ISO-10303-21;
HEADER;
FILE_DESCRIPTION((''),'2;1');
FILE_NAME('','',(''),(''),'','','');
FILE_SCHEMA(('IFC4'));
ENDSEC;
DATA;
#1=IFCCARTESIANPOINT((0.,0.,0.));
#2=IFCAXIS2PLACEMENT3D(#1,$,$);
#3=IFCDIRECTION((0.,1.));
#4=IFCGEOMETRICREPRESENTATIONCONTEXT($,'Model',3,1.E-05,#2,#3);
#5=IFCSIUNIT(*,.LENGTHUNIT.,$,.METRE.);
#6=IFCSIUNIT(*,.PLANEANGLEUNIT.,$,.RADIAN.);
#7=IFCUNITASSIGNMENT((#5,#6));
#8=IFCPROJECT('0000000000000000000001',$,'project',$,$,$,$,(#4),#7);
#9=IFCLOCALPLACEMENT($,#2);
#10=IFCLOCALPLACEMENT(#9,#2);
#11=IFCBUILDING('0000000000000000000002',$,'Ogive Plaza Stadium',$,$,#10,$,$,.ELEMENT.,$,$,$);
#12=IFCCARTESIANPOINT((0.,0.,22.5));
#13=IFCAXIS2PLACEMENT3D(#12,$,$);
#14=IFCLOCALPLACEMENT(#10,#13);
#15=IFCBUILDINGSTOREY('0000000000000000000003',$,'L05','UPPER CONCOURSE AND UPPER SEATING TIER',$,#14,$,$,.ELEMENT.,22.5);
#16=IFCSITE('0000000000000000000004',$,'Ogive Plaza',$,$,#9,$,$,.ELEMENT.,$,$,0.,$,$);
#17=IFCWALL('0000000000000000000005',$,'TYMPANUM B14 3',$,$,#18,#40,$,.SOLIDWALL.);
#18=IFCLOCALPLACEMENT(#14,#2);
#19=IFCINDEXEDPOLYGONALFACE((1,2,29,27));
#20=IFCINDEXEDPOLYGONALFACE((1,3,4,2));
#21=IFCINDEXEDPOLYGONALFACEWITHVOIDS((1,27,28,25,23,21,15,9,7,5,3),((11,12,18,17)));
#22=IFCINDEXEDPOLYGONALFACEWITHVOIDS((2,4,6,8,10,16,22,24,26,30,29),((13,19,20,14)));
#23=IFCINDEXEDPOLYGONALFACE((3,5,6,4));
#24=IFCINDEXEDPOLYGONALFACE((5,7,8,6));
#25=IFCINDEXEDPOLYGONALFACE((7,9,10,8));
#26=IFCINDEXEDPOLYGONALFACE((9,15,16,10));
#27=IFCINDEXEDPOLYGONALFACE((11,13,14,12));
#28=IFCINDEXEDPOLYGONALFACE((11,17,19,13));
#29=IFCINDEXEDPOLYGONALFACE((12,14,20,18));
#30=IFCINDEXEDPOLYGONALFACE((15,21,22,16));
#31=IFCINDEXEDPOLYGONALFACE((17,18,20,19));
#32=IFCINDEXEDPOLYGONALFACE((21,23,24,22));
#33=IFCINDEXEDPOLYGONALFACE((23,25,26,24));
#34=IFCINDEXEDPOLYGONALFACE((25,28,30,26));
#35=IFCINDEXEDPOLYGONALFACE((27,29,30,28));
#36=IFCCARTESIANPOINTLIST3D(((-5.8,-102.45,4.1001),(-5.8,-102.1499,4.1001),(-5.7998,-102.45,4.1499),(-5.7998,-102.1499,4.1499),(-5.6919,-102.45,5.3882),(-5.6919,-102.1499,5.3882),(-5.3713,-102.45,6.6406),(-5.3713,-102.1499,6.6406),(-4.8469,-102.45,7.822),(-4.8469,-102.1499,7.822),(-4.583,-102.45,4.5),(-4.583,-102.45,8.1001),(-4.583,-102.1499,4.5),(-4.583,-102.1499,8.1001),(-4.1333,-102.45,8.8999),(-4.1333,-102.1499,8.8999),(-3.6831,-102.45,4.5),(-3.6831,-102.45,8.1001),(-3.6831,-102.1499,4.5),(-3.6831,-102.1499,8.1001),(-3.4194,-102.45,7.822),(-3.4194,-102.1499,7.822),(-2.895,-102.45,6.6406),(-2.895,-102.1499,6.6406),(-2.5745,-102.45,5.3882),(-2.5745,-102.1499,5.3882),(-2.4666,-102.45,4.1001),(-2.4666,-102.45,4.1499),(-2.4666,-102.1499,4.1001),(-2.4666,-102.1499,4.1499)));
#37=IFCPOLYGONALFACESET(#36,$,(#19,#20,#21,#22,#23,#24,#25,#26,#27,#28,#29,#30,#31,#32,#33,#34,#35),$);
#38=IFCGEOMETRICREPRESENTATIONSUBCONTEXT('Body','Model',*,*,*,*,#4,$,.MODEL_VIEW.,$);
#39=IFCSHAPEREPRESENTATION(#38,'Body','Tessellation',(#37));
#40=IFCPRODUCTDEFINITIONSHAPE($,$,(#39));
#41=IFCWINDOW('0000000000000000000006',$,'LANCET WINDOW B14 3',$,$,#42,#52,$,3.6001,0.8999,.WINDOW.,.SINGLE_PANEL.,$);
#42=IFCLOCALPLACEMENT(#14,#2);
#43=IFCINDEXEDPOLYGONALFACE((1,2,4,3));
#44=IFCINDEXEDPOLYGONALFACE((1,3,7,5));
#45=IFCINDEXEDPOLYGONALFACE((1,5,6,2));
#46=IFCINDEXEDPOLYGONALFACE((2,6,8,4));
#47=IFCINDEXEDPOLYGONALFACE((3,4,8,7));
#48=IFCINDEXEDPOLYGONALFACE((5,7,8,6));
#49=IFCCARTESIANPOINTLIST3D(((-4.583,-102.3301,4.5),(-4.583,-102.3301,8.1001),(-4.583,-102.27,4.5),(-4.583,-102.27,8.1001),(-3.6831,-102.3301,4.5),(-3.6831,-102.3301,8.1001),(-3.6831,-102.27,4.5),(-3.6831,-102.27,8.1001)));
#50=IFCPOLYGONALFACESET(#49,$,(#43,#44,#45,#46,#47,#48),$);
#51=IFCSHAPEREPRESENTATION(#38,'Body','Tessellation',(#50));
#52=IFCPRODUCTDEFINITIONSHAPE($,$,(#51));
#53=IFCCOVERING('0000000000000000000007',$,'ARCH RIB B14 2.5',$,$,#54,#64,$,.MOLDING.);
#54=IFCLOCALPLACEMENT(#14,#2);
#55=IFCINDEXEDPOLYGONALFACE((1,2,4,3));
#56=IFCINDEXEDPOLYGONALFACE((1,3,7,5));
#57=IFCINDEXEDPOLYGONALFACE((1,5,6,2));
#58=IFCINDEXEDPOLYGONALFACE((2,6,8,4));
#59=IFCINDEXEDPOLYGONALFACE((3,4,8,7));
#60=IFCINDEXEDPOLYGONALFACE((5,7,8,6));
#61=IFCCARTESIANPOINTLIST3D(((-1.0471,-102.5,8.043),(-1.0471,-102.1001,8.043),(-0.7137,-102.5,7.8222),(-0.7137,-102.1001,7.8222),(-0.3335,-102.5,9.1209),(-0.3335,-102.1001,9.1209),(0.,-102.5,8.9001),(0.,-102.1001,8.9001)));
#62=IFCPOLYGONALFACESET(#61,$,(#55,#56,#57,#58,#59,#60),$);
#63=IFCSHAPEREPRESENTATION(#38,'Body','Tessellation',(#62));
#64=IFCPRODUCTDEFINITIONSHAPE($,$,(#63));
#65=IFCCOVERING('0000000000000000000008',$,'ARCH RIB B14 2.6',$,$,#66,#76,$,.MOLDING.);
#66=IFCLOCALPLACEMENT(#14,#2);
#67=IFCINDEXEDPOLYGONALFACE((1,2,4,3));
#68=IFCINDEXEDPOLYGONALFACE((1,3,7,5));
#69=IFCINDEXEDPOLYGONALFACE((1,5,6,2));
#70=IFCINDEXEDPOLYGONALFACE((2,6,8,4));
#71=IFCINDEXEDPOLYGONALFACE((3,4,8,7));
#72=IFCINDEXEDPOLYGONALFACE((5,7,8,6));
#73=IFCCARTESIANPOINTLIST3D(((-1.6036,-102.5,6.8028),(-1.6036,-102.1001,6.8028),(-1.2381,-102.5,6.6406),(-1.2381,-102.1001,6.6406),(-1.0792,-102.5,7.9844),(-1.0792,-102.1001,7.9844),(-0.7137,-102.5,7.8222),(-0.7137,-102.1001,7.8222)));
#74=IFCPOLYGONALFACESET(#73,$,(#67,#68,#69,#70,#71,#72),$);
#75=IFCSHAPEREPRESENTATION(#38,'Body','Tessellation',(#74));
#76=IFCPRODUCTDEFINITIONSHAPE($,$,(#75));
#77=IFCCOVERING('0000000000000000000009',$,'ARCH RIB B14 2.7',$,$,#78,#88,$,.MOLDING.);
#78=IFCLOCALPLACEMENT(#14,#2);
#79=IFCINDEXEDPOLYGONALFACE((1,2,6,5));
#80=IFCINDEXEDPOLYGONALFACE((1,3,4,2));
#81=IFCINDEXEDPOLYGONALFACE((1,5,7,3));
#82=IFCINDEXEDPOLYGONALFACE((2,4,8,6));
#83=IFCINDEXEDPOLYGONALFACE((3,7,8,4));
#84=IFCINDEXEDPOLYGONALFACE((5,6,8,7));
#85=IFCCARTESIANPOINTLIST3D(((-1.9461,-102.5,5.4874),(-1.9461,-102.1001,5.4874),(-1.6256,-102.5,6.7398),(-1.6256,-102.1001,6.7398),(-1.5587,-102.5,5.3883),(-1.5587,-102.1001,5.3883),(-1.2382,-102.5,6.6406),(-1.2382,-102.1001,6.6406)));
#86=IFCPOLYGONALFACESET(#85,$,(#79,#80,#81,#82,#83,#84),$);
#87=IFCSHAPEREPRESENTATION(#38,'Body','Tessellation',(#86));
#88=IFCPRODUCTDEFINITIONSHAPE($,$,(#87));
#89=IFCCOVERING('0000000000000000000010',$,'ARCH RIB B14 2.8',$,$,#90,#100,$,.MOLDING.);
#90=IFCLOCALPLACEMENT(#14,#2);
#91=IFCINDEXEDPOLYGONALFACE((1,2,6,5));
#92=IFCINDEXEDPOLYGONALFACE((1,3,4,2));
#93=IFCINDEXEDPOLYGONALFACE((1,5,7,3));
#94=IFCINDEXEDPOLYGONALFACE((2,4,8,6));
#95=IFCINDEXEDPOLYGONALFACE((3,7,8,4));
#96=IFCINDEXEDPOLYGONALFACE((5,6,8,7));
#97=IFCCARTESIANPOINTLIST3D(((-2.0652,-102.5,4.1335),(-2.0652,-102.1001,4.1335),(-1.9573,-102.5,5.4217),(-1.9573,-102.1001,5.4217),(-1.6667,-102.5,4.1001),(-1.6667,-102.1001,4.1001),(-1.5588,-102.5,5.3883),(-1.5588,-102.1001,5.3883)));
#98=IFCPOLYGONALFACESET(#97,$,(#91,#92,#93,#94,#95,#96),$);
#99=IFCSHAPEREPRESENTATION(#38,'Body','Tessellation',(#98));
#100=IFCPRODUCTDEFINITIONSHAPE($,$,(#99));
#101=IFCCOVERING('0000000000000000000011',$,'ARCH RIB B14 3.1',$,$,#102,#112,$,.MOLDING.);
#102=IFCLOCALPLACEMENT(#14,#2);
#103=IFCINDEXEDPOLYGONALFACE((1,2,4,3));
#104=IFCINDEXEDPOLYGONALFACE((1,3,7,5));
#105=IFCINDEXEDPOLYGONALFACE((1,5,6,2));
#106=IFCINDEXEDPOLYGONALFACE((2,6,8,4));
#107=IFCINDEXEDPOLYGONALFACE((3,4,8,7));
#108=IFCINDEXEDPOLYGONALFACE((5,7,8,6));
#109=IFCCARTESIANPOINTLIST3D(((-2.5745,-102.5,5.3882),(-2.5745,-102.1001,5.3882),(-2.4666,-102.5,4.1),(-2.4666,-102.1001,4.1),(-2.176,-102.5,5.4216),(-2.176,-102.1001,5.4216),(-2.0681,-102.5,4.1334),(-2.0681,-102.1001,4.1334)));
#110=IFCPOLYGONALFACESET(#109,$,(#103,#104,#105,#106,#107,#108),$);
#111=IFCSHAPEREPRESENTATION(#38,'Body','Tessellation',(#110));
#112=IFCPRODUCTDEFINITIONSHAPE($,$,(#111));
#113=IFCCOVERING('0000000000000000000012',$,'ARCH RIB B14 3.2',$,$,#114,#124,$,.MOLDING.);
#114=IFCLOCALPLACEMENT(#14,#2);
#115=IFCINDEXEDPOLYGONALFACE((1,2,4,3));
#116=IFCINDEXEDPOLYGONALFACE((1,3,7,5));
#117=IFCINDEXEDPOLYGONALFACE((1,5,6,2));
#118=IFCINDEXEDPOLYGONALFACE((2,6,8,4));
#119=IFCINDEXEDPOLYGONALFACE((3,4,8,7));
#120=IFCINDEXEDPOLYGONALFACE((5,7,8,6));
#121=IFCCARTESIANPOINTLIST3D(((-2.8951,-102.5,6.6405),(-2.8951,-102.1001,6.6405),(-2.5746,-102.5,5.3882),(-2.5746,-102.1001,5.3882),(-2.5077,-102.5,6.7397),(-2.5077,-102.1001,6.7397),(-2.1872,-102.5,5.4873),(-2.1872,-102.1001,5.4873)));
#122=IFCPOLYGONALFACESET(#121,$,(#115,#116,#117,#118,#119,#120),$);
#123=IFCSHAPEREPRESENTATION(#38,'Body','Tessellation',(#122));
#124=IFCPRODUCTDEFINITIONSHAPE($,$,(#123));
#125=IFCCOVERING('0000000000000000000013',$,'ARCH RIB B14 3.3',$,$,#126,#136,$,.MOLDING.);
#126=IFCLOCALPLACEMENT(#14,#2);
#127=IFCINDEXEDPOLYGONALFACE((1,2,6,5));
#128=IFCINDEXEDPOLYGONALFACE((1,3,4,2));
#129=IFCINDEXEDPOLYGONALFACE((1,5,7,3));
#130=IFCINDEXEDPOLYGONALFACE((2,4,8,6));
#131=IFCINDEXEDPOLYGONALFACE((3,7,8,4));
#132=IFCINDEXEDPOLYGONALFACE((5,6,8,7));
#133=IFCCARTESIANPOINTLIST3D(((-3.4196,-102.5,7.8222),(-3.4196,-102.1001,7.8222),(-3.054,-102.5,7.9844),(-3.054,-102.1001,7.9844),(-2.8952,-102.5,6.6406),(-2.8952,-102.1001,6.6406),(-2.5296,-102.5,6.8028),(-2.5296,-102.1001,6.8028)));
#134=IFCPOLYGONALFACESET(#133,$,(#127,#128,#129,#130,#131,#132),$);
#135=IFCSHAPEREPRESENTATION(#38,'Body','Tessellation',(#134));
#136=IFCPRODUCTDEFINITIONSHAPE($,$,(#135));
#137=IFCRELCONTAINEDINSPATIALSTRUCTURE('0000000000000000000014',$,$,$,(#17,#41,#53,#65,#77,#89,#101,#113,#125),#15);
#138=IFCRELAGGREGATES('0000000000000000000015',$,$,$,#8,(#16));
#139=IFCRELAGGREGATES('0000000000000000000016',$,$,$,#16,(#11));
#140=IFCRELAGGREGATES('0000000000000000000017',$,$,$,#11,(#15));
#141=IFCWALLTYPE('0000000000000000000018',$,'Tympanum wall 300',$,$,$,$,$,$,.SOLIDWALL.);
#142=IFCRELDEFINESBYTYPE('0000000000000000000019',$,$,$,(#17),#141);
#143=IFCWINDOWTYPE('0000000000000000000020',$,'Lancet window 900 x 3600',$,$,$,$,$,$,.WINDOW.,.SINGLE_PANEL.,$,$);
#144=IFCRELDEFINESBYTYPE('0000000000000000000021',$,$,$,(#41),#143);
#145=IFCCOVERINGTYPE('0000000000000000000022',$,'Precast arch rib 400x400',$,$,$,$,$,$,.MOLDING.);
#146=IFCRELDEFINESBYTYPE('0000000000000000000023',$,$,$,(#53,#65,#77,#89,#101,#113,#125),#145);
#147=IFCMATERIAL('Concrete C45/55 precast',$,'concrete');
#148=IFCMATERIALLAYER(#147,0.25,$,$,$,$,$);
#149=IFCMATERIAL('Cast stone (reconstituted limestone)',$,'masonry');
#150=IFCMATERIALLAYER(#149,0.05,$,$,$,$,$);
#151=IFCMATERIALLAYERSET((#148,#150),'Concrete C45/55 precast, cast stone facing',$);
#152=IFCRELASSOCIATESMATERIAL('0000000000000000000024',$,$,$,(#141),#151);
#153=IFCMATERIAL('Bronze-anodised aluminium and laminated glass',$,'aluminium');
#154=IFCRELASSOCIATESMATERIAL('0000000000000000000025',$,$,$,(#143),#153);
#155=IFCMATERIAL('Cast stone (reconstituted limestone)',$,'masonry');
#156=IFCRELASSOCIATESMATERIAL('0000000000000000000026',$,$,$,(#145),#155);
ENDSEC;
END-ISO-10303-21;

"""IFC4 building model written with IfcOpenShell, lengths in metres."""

from ifc_helpers import new_model, si_unit, direction, frame, frame_2d, origin, origin_2d, place, context, subcontext, project, spatial, polyline, rectangle, outline, extrude, material, layer, layer_set, material_profile, profile_set, type_object, element, fill, save


model = new_model("IFC4")

# Units and contexts
model_context = context("Model", 3, precision=1e-05, world=origin(), true_north=direction((0.0, 1.0)))
body_context = subcontext(model_context, "Body", "Model", "MODEL_VIEW")
ifc_project = project(units=[si_unit("LENGTHUNIT", "METRE"), si_unit("PLANEANGLEUNIT", "RADIAN")], contexts=[model_context])

# Site, building, storey
site_placement = place(None, origin())
site = spatial("IfcSite", under=ifc_project, at=site_placement, Name="Ogive Plaza", CompositionType="ELEMENT", RefElevation=0.0)
building_placement = place(site_placement, origin())
building = spatial("IfcBuilding", under=site, at=building_placement, Name="Ogive Plaza Stadium", CompositionType="ELEMENT")
storey_placement = place(building_placement, frame((0.0, 0.0, 22.5)))
storey = spatial("IfcBuildingStorey", under=building, at=storey_placement, Name="L05", Description="UPPER CONCOURSE AND UPPER SEATING TIER", CompositionType="ELEMENT", Elevation=22.5)

# Wall, opening, window
ifc_material_1 = material(Name="Concrete C45/55 precast", Category="concrete")
ifc_layer_1 = layer(ifc_material_1, 0.25)
ifc_material_2 = material(Name="Cast stone (reconstituted limestone)", Category="masonry")
ifc_layer_2 = layer(ifc_material_2, 0.05)
ifc_layer_set_1 = layer_set([ifc_layer_1, ifc_layer_2], Name="Concrete C45/55 precast, cast stone facing")
wall_type = type_object("IfcWallType", Name="Tympanum wall 300", PredefinedType="SOLIDWALL", material=ifc_layer_set_1)
wall_placement = place(storey_placement, frame((-2.4666, -102.3, 4.1001), z_axis=(0.0, 0.0, 1.0), x_axis=(-1.0, 0.0, 0.0)))
wall = element("IfcWall", 1, at=wall_placement, inside=storey, type_object=wall_type, Name="TYMPANUM B14 3", PredefinedType="SOLIDWALL", context=body_context, shape_type="SweptSolid", body=[
    extrude(outline(polyline([(0.0, 0.0), (3.3335, 0.0), (3.3333, 0.0498), (3.2253, 1.2881), (2.9048, 2.5405), (2.3804, 3.7219), (1.6667, 4.7998), (0.9529, 3.7219), (0.4285, 2.5405), (0.1079, 1.2881), (0.0, 0.0498), (0.0, 0.0)])), frame((0.0, 0.1499, 0.0), z_axis=(0.0, -1.0, 0.0), x_axis=(1.0, 0.0, 0.0)), (0.0, 0.0, 1.0), 0.3),
])
opening_placement = place(wall_placement, frame((1.2166, 0.0, 0.3999)))
opening = element("IfcOpeningElement", 2, at=opening_placement, cuts=wall, PredefinedType="OPENING", context=body_context, shape_type="SweptSolid", body=[
    extrude(rectangle(XDim=0.8999, YDim=3.6001, at=frame_2d((0.45, 1.8))), frame((0.0, 0.1602, 0.0), z_axis=(0.0, -1.0, 0.0), x_axis=(1.0, 0.0, 0.0)), (0.0, 0.0, 1.0), 0.3201),
])
ifc_material_3 = material(Name="Bronze-anodised aluminium and laminated glass", Category="aluminium")
window_type = type_object("IfcWindowType", Name="Lancet window 900 x 3600", PartitioningType="SINGLE_PANEL", PredefinedType="WINDOW", material=ifc_material_3)
window_placement = place(opening_placement, origin())
window = element("IfcWindow", 3, at=window_placement, inside=storey, type_object=window_type, Name="LANCET WINDOW B14 3", OverallHeight=3.6001, OverallWidth=0.8999, PartitioningType="SINGLE_PANEL", PredefinedType="WINDOW", context=body_context, shape_type="SweptSolid", body=[
    extrude(rectangle(XDim=0.8999, YDim=3.6001, at=frame_2d((0.45, 1.8))), frame((0.0, 0.03, 0.0), z_axis=(0.0, -1.0, 0.0), x_axis=(1.0, 0.0, 0.0)), (0.0, 0.0, 1.0), 0.0601),
])
fill(opening, window)

# Coverings
ifc_material_4 = material(Name="Cast stone (reconstituted limestone)", Category="masonry")
ifc_material_profile_1 = material_profile(ifc_material_4, rectangle(XDim=0.3999, YDim=0.3999, at=origin_2d()), Name="Cast stone 400x400")
ifc_profile_set_1 = profile_set([ifc_material_profile_1], Name="Cast stone (reconstituted limestone)")
covering_type = type_object("IfcCoveringType", Name="Precast arch rib 400x400", PredefinedType="MOLDING", material=ifc_profile_set_1)
for number, where, z_axis, x_axis, name in (
    (4, (-0.1667, -102.3, 9.0105), (-0.552039, 0.0, -0.833818), (0.0, -1.0, 0.0), "ARCH RIB B14 2.5"),
    (5, (-0.8965, -102.3, 7.9033), (-0.405648, 0.0, -0.914029), (0.0, -1.0, 0.0), "ARCH RIB B14 2.6"),
    (6, (-1.4319, -102.3, 6.6902), (-0.247953, 0.0, -0.968772), (0.0, -1.0, 0.0), "ARCH RIB B14 2.7"),
    (7, (-1.7581, -102.3, 5.405), (-0.083467, 0.0, -0.996511), (0.0, -1.0, 0.0), "ARCH RIB B14 2.8"),
    (8, (-2.2673, -102.3, 4.1167), (-0.083467, 0.0, 0.996511), (0.0, -1.0, 0.0), "ARCH RIB B14 3.1"),
    (9, (-2.3809, -102.3, 5.4377), (-0.247953, 0.0, 0.968772), (0.0, -1.0, 0.0), "ARCH RIB B14 3.2"),
    (10, (-2.7124, -102.3, 6.7217), (-0.405648, 0.0, 0.914029), (0.0, -1.0, 0.0), "ARCH RIB B14 3.3"),
):
    element("IfcCovering", number, at=place(storey_placement, frame(where, z_axis=z_axis, x_axis=x_axis)), inside=storey, type_object=covering_type, Name=name, PredefinedType="MOLDING", context=body_context, shape_type="SweptSolid", body=[
        extrude(rectangle(XDim=0.3999, YDim=0.3999, at=origin_2d()), origin(), (0.0, 0.0, 1.0), 1.2927),
    ])

save(model, "model.ifc")
